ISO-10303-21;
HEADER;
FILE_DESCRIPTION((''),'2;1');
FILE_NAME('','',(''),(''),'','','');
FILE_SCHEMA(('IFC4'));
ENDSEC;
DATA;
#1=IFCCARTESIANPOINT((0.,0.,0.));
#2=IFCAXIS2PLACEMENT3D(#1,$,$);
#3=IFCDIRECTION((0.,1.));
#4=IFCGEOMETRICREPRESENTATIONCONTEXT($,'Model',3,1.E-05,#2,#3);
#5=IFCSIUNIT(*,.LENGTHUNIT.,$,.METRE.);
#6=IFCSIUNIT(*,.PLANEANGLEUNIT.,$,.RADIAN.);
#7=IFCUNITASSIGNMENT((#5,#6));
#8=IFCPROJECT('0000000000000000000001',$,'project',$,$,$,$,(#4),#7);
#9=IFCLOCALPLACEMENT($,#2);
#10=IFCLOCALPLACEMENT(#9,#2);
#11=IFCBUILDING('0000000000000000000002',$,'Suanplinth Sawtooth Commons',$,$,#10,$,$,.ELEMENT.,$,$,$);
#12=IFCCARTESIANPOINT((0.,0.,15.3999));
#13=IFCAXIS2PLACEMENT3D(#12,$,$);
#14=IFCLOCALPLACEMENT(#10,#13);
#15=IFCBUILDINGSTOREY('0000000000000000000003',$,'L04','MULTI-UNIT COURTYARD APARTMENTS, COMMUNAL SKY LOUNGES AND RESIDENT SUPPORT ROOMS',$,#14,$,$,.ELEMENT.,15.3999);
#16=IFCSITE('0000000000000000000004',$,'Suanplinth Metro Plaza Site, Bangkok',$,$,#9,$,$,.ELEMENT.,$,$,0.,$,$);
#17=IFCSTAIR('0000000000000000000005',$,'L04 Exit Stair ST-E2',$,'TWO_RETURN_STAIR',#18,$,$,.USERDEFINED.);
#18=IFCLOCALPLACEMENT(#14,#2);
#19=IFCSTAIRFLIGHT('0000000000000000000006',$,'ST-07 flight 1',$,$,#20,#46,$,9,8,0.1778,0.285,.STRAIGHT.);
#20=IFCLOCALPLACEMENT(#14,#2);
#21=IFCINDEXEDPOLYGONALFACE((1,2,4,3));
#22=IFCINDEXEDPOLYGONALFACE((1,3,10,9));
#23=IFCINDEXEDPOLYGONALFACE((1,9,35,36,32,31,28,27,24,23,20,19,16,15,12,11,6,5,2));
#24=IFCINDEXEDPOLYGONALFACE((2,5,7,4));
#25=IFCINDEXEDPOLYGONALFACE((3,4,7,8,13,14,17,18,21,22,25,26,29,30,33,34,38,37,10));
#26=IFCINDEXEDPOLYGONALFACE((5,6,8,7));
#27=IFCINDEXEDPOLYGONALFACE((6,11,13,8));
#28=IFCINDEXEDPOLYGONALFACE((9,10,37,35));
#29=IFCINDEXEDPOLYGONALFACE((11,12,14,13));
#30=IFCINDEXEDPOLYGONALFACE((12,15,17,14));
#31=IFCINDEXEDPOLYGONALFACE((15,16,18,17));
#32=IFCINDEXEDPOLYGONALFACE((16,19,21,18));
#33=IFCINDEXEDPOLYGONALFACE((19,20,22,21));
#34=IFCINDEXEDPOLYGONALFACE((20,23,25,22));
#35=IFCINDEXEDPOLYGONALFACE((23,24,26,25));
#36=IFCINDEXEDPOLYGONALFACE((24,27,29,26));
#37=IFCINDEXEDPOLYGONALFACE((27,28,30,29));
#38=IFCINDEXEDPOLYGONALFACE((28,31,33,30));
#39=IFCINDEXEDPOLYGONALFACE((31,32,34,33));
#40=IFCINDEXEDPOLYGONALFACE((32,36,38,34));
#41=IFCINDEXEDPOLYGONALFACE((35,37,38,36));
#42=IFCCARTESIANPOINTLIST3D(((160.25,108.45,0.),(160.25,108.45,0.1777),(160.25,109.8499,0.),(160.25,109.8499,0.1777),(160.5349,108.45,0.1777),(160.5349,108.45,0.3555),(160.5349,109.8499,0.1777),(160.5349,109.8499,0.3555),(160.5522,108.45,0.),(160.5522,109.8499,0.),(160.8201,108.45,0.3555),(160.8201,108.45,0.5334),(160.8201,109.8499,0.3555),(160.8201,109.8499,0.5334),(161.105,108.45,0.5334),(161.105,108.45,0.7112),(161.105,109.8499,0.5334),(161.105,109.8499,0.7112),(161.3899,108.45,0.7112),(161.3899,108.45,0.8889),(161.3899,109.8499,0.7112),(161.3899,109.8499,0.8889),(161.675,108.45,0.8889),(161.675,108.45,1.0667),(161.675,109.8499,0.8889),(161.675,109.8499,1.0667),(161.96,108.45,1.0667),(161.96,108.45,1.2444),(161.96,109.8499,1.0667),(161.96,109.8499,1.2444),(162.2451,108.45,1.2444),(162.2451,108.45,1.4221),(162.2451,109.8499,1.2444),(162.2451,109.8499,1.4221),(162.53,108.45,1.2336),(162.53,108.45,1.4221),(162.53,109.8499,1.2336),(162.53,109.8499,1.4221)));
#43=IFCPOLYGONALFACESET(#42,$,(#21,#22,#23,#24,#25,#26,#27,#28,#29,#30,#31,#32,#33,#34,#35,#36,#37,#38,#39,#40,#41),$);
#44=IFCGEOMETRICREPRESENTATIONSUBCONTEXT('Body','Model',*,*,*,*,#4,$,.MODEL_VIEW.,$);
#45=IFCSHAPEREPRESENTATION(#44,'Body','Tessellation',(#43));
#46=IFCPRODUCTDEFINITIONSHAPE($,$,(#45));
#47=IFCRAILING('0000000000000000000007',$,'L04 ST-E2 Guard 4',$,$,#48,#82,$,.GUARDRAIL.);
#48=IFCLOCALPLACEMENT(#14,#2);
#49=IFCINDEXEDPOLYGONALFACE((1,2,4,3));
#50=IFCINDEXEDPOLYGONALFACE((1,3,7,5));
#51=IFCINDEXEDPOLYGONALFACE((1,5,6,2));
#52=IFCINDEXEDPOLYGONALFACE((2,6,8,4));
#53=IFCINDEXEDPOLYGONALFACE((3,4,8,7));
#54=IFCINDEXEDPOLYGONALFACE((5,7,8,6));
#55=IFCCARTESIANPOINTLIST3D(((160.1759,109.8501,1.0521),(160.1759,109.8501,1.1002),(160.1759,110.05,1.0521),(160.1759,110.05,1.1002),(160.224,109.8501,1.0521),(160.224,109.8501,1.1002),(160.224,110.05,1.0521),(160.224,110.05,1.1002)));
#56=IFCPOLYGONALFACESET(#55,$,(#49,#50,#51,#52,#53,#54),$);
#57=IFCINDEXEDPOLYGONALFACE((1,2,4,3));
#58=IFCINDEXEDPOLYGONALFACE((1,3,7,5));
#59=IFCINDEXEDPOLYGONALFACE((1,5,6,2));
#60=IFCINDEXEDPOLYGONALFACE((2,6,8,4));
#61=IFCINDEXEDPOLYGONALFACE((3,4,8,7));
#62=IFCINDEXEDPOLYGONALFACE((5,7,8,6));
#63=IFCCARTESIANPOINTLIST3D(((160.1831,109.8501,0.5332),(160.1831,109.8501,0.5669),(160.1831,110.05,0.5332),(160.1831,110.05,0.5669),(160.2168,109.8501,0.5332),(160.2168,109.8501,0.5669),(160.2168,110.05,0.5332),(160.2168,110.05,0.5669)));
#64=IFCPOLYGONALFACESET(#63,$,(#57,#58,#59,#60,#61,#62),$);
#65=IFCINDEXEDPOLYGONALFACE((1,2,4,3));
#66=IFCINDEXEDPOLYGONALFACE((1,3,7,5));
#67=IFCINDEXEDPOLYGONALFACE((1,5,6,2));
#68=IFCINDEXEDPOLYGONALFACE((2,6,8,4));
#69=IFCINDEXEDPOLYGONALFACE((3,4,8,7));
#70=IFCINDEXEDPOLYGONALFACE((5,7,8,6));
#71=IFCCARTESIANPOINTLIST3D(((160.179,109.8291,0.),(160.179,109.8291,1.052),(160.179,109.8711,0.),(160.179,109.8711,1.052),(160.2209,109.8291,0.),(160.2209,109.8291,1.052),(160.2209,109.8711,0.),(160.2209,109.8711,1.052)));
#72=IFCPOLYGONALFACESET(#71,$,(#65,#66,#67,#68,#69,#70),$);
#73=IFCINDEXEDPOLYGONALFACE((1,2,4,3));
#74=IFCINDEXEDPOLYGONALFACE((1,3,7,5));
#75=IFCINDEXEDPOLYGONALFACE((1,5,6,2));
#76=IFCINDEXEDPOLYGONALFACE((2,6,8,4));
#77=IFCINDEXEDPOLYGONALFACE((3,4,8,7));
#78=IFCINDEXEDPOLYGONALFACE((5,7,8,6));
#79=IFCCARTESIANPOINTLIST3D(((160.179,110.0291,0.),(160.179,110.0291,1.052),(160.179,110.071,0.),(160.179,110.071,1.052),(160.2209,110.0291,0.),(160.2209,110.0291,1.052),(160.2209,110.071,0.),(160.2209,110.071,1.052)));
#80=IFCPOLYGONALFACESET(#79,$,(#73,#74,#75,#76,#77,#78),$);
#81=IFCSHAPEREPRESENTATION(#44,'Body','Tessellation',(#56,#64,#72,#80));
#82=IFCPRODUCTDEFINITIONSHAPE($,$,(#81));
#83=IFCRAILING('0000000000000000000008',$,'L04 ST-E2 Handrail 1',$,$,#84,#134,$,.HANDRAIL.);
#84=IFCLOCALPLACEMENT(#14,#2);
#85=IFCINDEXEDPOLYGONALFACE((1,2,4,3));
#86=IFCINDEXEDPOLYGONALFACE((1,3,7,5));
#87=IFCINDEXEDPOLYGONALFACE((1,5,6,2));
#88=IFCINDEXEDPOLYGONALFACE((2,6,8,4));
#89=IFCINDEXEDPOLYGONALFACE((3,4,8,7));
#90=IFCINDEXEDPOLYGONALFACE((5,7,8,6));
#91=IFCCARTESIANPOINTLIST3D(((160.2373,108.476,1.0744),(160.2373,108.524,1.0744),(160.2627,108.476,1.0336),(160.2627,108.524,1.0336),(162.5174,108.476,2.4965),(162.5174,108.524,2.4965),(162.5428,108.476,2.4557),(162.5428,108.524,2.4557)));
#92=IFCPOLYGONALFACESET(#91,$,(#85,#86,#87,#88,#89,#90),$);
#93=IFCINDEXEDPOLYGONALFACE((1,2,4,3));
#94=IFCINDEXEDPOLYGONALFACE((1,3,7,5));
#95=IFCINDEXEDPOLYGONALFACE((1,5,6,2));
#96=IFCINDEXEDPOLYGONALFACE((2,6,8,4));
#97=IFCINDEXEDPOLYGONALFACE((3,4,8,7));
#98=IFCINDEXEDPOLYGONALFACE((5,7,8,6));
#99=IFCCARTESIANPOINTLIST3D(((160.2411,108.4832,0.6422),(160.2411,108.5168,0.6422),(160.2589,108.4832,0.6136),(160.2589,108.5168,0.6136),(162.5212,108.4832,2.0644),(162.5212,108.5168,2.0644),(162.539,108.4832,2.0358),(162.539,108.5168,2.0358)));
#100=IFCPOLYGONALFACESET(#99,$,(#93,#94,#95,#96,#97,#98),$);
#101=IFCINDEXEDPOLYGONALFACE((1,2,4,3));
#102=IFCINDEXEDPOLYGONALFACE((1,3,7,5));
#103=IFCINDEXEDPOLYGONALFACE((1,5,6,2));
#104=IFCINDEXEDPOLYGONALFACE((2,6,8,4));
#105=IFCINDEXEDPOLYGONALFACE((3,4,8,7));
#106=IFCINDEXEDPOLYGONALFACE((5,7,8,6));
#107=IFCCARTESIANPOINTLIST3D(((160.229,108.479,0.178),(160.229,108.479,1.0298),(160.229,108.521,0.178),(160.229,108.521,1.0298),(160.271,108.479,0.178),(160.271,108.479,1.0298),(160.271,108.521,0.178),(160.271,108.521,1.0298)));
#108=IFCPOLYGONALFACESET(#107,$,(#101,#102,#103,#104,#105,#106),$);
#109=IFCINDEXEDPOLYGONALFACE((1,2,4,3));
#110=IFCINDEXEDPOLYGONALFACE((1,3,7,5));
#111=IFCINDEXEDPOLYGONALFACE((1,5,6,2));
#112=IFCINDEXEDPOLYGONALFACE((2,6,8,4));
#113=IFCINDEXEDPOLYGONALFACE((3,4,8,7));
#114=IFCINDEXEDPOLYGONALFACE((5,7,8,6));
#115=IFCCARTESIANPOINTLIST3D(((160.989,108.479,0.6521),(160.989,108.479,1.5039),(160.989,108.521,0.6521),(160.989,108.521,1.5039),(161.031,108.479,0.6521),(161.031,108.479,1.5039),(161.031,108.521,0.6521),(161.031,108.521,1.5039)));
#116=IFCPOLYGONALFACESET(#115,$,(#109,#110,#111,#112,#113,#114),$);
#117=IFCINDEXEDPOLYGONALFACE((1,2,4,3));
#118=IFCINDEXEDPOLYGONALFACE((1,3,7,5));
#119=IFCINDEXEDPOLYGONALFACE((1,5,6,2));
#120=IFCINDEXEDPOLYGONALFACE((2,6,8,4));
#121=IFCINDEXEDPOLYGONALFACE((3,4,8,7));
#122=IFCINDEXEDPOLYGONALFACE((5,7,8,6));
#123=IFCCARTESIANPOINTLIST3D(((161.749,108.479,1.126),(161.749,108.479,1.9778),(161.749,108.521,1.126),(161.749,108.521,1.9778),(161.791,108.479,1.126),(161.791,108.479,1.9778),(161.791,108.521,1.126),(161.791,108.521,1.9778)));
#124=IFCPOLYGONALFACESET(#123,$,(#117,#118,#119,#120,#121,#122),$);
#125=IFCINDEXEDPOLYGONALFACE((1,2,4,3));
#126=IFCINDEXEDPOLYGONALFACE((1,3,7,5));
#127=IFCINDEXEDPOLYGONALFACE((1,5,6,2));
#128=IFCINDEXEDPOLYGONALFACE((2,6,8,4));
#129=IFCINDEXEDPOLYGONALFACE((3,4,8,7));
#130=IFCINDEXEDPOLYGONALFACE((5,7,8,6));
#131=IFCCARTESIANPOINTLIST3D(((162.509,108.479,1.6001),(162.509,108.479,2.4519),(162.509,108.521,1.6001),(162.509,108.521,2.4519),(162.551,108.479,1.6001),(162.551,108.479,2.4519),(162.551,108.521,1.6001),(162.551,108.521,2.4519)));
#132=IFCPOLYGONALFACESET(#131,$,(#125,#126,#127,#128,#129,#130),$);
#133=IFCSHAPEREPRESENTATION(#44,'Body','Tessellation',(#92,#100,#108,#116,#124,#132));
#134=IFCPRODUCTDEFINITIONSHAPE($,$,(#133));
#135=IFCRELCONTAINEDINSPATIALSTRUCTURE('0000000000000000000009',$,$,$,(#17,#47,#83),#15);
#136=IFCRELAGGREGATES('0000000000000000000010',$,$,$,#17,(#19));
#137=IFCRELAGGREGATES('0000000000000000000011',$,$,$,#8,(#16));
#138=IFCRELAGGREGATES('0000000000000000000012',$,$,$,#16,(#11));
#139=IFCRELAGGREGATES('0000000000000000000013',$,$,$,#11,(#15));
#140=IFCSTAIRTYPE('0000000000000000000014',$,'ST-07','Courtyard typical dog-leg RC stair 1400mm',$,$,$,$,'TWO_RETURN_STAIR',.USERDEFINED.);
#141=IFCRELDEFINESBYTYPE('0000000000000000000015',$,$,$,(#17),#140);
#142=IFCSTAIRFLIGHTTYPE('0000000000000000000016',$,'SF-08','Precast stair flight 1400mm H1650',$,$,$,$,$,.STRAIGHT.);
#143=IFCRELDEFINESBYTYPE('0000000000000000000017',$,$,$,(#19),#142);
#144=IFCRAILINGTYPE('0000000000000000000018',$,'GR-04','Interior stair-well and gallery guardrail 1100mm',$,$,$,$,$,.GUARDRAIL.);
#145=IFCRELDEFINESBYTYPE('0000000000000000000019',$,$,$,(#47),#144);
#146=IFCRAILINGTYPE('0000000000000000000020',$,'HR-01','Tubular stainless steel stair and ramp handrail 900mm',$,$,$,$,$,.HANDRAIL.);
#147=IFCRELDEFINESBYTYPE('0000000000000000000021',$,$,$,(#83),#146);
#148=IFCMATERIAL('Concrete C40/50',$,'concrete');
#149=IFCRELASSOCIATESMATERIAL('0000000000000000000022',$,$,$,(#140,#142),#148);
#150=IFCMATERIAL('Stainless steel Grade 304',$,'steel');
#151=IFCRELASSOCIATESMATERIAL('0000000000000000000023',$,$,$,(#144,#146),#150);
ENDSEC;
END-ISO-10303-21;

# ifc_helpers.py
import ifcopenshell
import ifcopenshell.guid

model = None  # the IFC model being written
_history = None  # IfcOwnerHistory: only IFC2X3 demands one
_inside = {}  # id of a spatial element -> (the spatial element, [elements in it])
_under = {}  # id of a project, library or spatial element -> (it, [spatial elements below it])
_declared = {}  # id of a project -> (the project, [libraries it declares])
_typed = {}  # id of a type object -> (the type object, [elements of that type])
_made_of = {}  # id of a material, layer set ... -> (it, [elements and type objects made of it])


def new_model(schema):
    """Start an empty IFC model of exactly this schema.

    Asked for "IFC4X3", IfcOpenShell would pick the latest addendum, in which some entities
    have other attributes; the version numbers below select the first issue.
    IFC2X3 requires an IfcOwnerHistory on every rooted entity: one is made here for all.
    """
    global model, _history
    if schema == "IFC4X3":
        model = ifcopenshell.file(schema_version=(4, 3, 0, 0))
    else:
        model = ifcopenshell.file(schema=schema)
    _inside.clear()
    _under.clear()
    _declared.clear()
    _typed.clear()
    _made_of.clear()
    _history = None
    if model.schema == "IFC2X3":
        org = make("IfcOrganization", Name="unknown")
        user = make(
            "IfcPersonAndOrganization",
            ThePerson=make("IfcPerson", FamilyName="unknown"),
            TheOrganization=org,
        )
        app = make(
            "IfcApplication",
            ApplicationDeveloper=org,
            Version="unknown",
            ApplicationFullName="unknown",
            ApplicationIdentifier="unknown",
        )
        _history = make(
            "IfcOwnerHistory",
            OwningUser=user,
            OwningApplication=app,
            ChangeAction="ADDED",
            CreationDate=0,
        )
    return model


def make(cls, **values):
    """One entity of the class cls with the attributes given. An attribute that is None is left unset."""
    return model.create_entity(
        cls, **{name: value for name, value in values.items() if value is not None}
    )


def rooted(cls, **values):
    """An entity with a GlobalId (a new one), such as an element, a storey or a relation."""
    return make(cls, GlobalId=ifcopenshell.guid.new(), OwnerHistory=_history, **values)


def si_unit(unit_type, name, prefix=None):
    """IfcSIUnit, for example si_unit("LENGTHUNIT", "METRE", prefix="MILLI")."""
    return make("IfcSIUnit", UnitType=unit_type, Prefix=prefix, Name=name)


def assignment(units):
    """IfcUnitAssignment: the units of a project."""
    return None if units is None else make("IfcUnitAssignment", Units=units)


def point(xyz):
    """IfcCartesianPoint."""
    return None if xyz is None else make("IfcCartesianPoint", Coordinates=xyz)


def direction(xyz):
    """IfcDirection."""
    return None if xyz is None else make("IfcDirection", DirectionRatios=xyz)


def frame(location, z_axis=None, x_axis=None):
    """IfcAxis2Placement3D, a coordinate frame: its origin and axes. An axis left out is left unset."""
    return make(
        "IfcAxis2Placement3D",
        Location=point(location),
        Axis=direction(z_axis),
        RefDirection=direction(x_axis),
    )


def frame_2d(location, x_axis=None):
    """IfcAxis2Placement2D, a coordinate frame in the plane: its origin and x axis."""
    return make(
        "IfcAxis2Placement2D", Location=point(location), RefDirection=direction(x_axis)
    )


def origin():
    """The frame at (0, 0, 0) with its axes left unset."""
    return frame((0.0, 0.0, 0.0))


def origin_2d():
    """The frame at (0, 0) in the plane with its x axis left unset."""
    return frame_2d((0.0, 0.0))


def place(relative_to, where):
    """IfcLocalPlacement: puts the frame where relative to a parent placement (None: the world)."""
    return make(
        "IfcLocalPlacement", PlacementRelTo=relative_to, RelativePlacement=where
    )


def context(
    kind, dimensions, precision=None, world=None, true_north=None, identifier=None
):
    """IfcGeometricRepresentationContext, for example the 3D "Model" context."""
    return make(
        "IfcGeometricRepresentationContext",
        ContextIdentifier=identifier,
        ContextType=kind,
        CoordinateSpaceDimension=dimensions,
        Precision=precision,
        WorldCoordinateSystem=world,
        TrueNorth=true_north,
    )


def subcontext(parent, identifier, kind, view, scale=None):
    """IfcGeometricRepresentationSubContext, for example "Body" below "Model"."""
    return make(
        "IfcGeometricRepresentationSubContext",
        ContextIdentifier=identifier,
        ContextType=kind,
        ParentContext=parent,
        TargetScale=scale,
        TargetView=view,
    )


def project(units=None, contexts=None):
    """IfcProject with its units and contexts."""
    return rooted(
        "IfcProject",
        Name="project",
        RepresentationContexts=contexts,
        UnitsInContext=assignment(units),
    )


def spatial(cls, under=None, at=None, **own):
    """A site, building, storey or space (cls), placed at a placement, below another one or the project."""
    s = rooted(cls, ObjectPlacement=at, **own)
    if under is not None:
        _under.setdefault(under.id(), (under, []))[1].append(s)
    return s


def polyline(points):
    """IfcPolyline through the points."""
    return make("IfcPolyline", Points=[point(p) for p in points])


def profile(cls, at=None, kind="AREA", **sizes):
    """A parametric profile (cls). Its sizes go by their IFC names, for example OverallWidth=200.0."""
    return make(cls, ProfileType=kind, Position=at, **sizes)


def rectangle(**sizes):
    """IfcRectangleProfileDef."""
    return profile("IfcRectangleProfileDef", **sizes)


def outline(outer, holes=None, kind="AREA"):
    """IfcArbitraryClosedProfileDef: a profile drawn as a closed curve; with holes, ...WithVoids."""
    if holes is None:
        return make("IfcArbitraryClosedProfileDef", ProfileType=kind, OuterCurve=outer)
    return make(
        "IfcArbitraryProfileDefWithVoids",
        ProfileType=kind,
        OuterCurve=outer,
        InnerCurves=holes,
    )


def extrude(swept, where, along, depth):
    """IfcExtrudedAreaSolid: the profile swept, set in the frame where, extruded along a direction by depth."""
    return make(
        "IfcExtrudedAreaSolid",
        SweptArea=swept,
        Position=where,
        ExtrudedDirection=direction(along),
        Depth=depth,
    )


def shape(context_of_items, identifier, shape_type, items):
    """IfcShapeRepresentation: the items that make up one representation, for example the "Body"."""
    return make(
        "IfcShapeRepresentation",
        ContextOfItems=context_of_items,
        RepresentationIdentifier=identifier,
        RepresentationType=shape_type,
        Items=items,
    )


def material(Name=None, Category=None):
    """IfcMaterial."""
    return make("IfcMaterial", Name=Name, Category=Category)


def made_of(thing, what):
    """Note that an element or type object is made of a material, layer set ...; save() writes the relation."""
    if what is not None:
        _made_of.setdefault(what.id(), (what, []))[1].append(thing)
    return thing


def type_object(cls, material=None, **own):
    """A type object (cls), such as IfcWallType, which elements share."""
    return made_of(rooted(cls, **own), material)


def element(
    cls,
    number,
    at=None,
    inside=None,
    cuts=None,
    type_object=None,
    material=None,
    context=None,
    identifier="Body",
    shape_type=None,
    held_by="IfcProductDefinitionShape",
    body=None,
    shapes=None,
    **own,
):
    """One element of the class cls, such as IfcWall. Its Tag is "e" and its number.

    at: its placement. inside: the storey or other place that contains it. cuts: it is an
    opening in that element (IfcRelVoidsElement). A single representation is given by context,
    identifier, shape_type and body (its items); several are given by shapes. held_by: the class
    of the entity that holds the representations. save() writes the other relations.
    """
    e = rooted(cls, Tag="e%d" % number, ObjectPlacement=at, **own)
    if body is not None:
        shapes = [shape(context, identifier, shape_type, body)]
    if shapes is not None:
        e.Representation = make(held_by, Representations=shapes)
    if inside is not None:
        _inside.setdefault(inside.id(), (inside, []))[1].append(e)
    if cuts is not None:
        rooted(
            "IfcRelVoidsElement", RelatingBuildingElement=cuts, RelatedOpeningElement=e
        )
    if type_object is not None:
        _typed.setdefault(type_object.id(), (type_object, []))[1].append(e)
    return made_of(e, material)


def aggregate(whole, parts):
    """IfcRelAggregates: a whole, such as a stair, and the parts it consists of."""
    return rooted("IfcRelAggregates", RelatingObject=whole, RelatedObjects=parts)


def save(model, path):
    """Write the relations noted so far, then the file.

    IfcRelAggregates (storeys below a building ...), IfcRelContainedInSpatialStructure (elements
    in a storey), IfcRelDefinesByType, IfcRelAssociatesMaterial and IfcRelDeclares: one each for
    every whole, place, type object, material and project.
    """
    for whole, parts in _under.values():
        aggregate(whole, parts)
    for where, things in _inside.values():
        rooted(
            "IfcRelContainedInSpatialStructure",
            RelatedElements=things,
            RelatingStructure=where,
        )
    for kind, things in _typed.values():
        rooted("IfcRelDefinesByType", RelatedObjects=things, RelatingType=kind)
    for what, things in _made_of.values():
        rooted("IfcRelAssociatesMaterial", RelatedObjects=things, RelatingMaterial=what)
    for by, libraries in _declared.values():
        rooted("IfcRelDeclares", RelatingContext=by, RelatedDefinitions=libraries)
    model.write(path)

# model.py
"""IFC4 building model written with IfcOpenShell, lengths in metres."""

from ifc_helpers import new_model, si_unit, direction, frame, origin, origin_2d, place, context, subcontext, project, spatial, polyline, rectangle, outline, extrude, material, type_object, element, aggregate, save


model = new_model("IFC4")

# Units and contexts
model_context = context("Model", 3, precision=1e-05, world=origin(), true_north=direction((0.0, 1.0)))
body_context = subcontext(model_context, "Body", "Model", "MODEL_VIEW")
ifc_project = project(units=[si_unit("LENGTHUNIT", "METRE"), si_unit("PLANEANGLEUNIT", "RADIAN")], contexts=[model_context])

# Site, building, storey
site_placement = place(None, origin())
site = spatial("IfcSite", under=ifc_project, at=site_placement, Name="Suanplinth Metro Plaza Site, Bangkok", CompositionType="ELEMENT", RefElevation=0.0)
building_placement = place(site_placement, origin())
building = spatial("IfcBuilding", under=site, at=building_placement, Name="Suanplinth Sawtooth Commons", CompositionType="ELEMENT")
storey_placement = place(building_placement, frame((0.0, 0.0, 15.3999)))
storey = spatial("IfcBuildingStorey", under=building, at=storey_placement, Name="L04", Description="MULTI-UNIT COURTYARD APARTMENTS, COMMUNAL SKY LOUNGES AND RESIDENT SUPPORT ROOMS", CompositionType="ELEMENT", Elevation=15.3999)

# Shared definitions
ifc_material_1 = material(Name="Concrete C40/50", Category="concrete")

# Stair, stair flight
stair_type = type_object("IfcStairType", Name="ST-07", Description="Courtyard typical dog-leg RC stair 1400mm", ElementType="TWO_RETURN_STAIR", PredefinedType="USERDEFINED", material=ifc_material_1)
stair_placement = place(storey_placement, origin())
stair = element("IfcStair", 1, at=stair_placement, inside=storey, type_object=stair_type, Name="L04 Exit Stair ST-E2", ObjectType="TWO_RETURN_STAIR", PredefinedType="USERDEFINED")
stair_flight_type = type_object("IfcStairFlightType", Name="SF-08", Description="Precast stair flight 1400mm H1650", PredefinedType="STRAIGHT", material=ifc_material_1)
stair_flight_placement = place(storey_placement, frame((160.25, 109.1499, 0.0), z_axis=(0.0, 0.0, 1.0), x_axis=(1.0, 0.0, 0.0)))
stair_flight = element("IfcStairFlight", 2, at=stair_flight_placement, type_object=stair_flight_type, Name="ST-07 flight 1", NumberOfRisers=9, NumberOfTreads=8, PredefinedType="STRAIGHT", RiserHeight=0.1778, TreadLength=0.285, context=body_context, shape_type="SweptSolid", body=[
    extrude(outline(polyline([(0.0, 0.0), (0.0, 0.1777), (0.2849, 0.1777), (0.2849, 0.3555), (0.5701, 0.3555), (0.5701, 0.5334), (0.855, 0.5334), (0.855, 0.7112), (1.1399, 0.7112), (1.1399, 0.8889), (1.425, 0.8889), (1.425, 1.0667), (1.71, 1.0667), (1.71, 1.2444), (1.9951, 1.2444), (1.9951, 1.4221), (2.28, 1.4221), (2.28, 1.6001), (2.28, 1.2336), (0.3022, 0.0), (0.0, 0.0)])), frame((0.0, 0.7, 0.0), z_axis=(0.0, -1.0, 0.0), x_axis=(1.0, 0.0, 0.0)), (0.0, 0.0, 1.0), 1.3999),
])
aggregate(stair, [stair_flight])

# Railings
ifc_material_2 = material(Name="Stainless steel Grade 304", Category="steel")
railing_type_1 = type_object("IfcRailingType", Name="GR-04", Description="Interior stair-well and gallery guardrail 1100mm", PredefinedType="GUARDRAIL", material=ifc_material_2)
railing_1_placement = place(storey_placement, frame((160.2, 109.8501, 0.0)))
element("IfcRailing", 3, at=railing_1_placement, inside=storey, type_object=railing_type_1, Name="L04 ST-E2 Guard 4", PredefinedType="GUARDRAIL", context=body_context, shape_type="SweptSolid", body=[
    extrude(rectangle(XDim=0.0481, YDim=0.0481, at=origin_2d()), frame((0.0, 0.0, 1.0762), z_axis=(0.0, 1.0, 0.0), x_axis=(-1.0, 0.0, 0.0)), (0.0, 0.0, 1.0), 0.2),
    extrude(rectangle(XDim=0.0337, YDim=0.0337, at=origin_2d()), frame((0.0, 0.0, 0.55), z_axis=(0.0, 1.0, 0.0), x_axis=(-1.0, 0.0, 0.0)), (0.0, 0.0, 1.0), 0.2),
    extrude(rectangle(XDim=0.042, YDim=0.042, at=origin_2d()), origin(), (0.0, 0.0, 1.0), 1.052),
    extrude(rectangle(XDim=0.042, YDim=0.042, at=origin_2d()), frame((0.0, 0.2, 0.0)), (0.0, 0.0, 1.0), 1.052),
])
railing_type_2 = type_object("IfcRailingType", Name="HR-01", Description="Tubular stainless steel stair and ramp handrail 900mm", PredefinedType="HANDRAIL", material=ifc_material_2)
railing_2_placement = place(storey_placement, frame((160.25, 108.5, 0.178)))
element("IfcRailing", 4, at=railing_2_placement, inside=storey, type_object=railing_type_2, Name="L04 ST-E2 Handrail 1", PredefinedType="HANDRAIL", context=body_context, shape_type="SweptSolid", body=[
    extrude(rectangle(XDim=0.0481, YDim=0.0481, at=origin_2d()), frame((0.0, 0.0, 0.876), z_axis=(0.848483, 0.0, 0.529223), x_axis=(0.0, 1.0, 0.0)), (0.0, 0.0, 1.0), 2.6873),
    extrude(rectangle(XDim=0.0337, YDim=0.0337, at=origin_2d()), frame((0.0, 0.0, 0.45), z_axis=(0.848483, 0.0, 0.529223), x_axis=(0.0, 1.0, 0.0)), (0.0, 0.0, 1.0), 2.6873),
    extrude(rectangle(XDim=0.042, YDim=0.042, at=origin_2d()), origin(), (0.0, 0.0, 1.0), 0.8518),
    extrude(rectangle(XDim=0.042, YDim=0.042, at=origin_2d()), frame((0.76, 0.0, 0.4741)), (0.0, 0.0, 1.0), 0.8518),
    extrude(rectangle(XDim=0.042, YDim=0.042, at=origin_2d()), frame((1.52, 0.0, 0.948)), (0.0, 0.0, 1.0), 0.8518),
    extrude(rectangle(XDim=0.042, YDim=0.042, at=origin_2d()), frame((2.28, 0.0, 1.4221)), (0.0, 0.0, 1.0), 0.8518),
])

save(model, "model.ifc")
